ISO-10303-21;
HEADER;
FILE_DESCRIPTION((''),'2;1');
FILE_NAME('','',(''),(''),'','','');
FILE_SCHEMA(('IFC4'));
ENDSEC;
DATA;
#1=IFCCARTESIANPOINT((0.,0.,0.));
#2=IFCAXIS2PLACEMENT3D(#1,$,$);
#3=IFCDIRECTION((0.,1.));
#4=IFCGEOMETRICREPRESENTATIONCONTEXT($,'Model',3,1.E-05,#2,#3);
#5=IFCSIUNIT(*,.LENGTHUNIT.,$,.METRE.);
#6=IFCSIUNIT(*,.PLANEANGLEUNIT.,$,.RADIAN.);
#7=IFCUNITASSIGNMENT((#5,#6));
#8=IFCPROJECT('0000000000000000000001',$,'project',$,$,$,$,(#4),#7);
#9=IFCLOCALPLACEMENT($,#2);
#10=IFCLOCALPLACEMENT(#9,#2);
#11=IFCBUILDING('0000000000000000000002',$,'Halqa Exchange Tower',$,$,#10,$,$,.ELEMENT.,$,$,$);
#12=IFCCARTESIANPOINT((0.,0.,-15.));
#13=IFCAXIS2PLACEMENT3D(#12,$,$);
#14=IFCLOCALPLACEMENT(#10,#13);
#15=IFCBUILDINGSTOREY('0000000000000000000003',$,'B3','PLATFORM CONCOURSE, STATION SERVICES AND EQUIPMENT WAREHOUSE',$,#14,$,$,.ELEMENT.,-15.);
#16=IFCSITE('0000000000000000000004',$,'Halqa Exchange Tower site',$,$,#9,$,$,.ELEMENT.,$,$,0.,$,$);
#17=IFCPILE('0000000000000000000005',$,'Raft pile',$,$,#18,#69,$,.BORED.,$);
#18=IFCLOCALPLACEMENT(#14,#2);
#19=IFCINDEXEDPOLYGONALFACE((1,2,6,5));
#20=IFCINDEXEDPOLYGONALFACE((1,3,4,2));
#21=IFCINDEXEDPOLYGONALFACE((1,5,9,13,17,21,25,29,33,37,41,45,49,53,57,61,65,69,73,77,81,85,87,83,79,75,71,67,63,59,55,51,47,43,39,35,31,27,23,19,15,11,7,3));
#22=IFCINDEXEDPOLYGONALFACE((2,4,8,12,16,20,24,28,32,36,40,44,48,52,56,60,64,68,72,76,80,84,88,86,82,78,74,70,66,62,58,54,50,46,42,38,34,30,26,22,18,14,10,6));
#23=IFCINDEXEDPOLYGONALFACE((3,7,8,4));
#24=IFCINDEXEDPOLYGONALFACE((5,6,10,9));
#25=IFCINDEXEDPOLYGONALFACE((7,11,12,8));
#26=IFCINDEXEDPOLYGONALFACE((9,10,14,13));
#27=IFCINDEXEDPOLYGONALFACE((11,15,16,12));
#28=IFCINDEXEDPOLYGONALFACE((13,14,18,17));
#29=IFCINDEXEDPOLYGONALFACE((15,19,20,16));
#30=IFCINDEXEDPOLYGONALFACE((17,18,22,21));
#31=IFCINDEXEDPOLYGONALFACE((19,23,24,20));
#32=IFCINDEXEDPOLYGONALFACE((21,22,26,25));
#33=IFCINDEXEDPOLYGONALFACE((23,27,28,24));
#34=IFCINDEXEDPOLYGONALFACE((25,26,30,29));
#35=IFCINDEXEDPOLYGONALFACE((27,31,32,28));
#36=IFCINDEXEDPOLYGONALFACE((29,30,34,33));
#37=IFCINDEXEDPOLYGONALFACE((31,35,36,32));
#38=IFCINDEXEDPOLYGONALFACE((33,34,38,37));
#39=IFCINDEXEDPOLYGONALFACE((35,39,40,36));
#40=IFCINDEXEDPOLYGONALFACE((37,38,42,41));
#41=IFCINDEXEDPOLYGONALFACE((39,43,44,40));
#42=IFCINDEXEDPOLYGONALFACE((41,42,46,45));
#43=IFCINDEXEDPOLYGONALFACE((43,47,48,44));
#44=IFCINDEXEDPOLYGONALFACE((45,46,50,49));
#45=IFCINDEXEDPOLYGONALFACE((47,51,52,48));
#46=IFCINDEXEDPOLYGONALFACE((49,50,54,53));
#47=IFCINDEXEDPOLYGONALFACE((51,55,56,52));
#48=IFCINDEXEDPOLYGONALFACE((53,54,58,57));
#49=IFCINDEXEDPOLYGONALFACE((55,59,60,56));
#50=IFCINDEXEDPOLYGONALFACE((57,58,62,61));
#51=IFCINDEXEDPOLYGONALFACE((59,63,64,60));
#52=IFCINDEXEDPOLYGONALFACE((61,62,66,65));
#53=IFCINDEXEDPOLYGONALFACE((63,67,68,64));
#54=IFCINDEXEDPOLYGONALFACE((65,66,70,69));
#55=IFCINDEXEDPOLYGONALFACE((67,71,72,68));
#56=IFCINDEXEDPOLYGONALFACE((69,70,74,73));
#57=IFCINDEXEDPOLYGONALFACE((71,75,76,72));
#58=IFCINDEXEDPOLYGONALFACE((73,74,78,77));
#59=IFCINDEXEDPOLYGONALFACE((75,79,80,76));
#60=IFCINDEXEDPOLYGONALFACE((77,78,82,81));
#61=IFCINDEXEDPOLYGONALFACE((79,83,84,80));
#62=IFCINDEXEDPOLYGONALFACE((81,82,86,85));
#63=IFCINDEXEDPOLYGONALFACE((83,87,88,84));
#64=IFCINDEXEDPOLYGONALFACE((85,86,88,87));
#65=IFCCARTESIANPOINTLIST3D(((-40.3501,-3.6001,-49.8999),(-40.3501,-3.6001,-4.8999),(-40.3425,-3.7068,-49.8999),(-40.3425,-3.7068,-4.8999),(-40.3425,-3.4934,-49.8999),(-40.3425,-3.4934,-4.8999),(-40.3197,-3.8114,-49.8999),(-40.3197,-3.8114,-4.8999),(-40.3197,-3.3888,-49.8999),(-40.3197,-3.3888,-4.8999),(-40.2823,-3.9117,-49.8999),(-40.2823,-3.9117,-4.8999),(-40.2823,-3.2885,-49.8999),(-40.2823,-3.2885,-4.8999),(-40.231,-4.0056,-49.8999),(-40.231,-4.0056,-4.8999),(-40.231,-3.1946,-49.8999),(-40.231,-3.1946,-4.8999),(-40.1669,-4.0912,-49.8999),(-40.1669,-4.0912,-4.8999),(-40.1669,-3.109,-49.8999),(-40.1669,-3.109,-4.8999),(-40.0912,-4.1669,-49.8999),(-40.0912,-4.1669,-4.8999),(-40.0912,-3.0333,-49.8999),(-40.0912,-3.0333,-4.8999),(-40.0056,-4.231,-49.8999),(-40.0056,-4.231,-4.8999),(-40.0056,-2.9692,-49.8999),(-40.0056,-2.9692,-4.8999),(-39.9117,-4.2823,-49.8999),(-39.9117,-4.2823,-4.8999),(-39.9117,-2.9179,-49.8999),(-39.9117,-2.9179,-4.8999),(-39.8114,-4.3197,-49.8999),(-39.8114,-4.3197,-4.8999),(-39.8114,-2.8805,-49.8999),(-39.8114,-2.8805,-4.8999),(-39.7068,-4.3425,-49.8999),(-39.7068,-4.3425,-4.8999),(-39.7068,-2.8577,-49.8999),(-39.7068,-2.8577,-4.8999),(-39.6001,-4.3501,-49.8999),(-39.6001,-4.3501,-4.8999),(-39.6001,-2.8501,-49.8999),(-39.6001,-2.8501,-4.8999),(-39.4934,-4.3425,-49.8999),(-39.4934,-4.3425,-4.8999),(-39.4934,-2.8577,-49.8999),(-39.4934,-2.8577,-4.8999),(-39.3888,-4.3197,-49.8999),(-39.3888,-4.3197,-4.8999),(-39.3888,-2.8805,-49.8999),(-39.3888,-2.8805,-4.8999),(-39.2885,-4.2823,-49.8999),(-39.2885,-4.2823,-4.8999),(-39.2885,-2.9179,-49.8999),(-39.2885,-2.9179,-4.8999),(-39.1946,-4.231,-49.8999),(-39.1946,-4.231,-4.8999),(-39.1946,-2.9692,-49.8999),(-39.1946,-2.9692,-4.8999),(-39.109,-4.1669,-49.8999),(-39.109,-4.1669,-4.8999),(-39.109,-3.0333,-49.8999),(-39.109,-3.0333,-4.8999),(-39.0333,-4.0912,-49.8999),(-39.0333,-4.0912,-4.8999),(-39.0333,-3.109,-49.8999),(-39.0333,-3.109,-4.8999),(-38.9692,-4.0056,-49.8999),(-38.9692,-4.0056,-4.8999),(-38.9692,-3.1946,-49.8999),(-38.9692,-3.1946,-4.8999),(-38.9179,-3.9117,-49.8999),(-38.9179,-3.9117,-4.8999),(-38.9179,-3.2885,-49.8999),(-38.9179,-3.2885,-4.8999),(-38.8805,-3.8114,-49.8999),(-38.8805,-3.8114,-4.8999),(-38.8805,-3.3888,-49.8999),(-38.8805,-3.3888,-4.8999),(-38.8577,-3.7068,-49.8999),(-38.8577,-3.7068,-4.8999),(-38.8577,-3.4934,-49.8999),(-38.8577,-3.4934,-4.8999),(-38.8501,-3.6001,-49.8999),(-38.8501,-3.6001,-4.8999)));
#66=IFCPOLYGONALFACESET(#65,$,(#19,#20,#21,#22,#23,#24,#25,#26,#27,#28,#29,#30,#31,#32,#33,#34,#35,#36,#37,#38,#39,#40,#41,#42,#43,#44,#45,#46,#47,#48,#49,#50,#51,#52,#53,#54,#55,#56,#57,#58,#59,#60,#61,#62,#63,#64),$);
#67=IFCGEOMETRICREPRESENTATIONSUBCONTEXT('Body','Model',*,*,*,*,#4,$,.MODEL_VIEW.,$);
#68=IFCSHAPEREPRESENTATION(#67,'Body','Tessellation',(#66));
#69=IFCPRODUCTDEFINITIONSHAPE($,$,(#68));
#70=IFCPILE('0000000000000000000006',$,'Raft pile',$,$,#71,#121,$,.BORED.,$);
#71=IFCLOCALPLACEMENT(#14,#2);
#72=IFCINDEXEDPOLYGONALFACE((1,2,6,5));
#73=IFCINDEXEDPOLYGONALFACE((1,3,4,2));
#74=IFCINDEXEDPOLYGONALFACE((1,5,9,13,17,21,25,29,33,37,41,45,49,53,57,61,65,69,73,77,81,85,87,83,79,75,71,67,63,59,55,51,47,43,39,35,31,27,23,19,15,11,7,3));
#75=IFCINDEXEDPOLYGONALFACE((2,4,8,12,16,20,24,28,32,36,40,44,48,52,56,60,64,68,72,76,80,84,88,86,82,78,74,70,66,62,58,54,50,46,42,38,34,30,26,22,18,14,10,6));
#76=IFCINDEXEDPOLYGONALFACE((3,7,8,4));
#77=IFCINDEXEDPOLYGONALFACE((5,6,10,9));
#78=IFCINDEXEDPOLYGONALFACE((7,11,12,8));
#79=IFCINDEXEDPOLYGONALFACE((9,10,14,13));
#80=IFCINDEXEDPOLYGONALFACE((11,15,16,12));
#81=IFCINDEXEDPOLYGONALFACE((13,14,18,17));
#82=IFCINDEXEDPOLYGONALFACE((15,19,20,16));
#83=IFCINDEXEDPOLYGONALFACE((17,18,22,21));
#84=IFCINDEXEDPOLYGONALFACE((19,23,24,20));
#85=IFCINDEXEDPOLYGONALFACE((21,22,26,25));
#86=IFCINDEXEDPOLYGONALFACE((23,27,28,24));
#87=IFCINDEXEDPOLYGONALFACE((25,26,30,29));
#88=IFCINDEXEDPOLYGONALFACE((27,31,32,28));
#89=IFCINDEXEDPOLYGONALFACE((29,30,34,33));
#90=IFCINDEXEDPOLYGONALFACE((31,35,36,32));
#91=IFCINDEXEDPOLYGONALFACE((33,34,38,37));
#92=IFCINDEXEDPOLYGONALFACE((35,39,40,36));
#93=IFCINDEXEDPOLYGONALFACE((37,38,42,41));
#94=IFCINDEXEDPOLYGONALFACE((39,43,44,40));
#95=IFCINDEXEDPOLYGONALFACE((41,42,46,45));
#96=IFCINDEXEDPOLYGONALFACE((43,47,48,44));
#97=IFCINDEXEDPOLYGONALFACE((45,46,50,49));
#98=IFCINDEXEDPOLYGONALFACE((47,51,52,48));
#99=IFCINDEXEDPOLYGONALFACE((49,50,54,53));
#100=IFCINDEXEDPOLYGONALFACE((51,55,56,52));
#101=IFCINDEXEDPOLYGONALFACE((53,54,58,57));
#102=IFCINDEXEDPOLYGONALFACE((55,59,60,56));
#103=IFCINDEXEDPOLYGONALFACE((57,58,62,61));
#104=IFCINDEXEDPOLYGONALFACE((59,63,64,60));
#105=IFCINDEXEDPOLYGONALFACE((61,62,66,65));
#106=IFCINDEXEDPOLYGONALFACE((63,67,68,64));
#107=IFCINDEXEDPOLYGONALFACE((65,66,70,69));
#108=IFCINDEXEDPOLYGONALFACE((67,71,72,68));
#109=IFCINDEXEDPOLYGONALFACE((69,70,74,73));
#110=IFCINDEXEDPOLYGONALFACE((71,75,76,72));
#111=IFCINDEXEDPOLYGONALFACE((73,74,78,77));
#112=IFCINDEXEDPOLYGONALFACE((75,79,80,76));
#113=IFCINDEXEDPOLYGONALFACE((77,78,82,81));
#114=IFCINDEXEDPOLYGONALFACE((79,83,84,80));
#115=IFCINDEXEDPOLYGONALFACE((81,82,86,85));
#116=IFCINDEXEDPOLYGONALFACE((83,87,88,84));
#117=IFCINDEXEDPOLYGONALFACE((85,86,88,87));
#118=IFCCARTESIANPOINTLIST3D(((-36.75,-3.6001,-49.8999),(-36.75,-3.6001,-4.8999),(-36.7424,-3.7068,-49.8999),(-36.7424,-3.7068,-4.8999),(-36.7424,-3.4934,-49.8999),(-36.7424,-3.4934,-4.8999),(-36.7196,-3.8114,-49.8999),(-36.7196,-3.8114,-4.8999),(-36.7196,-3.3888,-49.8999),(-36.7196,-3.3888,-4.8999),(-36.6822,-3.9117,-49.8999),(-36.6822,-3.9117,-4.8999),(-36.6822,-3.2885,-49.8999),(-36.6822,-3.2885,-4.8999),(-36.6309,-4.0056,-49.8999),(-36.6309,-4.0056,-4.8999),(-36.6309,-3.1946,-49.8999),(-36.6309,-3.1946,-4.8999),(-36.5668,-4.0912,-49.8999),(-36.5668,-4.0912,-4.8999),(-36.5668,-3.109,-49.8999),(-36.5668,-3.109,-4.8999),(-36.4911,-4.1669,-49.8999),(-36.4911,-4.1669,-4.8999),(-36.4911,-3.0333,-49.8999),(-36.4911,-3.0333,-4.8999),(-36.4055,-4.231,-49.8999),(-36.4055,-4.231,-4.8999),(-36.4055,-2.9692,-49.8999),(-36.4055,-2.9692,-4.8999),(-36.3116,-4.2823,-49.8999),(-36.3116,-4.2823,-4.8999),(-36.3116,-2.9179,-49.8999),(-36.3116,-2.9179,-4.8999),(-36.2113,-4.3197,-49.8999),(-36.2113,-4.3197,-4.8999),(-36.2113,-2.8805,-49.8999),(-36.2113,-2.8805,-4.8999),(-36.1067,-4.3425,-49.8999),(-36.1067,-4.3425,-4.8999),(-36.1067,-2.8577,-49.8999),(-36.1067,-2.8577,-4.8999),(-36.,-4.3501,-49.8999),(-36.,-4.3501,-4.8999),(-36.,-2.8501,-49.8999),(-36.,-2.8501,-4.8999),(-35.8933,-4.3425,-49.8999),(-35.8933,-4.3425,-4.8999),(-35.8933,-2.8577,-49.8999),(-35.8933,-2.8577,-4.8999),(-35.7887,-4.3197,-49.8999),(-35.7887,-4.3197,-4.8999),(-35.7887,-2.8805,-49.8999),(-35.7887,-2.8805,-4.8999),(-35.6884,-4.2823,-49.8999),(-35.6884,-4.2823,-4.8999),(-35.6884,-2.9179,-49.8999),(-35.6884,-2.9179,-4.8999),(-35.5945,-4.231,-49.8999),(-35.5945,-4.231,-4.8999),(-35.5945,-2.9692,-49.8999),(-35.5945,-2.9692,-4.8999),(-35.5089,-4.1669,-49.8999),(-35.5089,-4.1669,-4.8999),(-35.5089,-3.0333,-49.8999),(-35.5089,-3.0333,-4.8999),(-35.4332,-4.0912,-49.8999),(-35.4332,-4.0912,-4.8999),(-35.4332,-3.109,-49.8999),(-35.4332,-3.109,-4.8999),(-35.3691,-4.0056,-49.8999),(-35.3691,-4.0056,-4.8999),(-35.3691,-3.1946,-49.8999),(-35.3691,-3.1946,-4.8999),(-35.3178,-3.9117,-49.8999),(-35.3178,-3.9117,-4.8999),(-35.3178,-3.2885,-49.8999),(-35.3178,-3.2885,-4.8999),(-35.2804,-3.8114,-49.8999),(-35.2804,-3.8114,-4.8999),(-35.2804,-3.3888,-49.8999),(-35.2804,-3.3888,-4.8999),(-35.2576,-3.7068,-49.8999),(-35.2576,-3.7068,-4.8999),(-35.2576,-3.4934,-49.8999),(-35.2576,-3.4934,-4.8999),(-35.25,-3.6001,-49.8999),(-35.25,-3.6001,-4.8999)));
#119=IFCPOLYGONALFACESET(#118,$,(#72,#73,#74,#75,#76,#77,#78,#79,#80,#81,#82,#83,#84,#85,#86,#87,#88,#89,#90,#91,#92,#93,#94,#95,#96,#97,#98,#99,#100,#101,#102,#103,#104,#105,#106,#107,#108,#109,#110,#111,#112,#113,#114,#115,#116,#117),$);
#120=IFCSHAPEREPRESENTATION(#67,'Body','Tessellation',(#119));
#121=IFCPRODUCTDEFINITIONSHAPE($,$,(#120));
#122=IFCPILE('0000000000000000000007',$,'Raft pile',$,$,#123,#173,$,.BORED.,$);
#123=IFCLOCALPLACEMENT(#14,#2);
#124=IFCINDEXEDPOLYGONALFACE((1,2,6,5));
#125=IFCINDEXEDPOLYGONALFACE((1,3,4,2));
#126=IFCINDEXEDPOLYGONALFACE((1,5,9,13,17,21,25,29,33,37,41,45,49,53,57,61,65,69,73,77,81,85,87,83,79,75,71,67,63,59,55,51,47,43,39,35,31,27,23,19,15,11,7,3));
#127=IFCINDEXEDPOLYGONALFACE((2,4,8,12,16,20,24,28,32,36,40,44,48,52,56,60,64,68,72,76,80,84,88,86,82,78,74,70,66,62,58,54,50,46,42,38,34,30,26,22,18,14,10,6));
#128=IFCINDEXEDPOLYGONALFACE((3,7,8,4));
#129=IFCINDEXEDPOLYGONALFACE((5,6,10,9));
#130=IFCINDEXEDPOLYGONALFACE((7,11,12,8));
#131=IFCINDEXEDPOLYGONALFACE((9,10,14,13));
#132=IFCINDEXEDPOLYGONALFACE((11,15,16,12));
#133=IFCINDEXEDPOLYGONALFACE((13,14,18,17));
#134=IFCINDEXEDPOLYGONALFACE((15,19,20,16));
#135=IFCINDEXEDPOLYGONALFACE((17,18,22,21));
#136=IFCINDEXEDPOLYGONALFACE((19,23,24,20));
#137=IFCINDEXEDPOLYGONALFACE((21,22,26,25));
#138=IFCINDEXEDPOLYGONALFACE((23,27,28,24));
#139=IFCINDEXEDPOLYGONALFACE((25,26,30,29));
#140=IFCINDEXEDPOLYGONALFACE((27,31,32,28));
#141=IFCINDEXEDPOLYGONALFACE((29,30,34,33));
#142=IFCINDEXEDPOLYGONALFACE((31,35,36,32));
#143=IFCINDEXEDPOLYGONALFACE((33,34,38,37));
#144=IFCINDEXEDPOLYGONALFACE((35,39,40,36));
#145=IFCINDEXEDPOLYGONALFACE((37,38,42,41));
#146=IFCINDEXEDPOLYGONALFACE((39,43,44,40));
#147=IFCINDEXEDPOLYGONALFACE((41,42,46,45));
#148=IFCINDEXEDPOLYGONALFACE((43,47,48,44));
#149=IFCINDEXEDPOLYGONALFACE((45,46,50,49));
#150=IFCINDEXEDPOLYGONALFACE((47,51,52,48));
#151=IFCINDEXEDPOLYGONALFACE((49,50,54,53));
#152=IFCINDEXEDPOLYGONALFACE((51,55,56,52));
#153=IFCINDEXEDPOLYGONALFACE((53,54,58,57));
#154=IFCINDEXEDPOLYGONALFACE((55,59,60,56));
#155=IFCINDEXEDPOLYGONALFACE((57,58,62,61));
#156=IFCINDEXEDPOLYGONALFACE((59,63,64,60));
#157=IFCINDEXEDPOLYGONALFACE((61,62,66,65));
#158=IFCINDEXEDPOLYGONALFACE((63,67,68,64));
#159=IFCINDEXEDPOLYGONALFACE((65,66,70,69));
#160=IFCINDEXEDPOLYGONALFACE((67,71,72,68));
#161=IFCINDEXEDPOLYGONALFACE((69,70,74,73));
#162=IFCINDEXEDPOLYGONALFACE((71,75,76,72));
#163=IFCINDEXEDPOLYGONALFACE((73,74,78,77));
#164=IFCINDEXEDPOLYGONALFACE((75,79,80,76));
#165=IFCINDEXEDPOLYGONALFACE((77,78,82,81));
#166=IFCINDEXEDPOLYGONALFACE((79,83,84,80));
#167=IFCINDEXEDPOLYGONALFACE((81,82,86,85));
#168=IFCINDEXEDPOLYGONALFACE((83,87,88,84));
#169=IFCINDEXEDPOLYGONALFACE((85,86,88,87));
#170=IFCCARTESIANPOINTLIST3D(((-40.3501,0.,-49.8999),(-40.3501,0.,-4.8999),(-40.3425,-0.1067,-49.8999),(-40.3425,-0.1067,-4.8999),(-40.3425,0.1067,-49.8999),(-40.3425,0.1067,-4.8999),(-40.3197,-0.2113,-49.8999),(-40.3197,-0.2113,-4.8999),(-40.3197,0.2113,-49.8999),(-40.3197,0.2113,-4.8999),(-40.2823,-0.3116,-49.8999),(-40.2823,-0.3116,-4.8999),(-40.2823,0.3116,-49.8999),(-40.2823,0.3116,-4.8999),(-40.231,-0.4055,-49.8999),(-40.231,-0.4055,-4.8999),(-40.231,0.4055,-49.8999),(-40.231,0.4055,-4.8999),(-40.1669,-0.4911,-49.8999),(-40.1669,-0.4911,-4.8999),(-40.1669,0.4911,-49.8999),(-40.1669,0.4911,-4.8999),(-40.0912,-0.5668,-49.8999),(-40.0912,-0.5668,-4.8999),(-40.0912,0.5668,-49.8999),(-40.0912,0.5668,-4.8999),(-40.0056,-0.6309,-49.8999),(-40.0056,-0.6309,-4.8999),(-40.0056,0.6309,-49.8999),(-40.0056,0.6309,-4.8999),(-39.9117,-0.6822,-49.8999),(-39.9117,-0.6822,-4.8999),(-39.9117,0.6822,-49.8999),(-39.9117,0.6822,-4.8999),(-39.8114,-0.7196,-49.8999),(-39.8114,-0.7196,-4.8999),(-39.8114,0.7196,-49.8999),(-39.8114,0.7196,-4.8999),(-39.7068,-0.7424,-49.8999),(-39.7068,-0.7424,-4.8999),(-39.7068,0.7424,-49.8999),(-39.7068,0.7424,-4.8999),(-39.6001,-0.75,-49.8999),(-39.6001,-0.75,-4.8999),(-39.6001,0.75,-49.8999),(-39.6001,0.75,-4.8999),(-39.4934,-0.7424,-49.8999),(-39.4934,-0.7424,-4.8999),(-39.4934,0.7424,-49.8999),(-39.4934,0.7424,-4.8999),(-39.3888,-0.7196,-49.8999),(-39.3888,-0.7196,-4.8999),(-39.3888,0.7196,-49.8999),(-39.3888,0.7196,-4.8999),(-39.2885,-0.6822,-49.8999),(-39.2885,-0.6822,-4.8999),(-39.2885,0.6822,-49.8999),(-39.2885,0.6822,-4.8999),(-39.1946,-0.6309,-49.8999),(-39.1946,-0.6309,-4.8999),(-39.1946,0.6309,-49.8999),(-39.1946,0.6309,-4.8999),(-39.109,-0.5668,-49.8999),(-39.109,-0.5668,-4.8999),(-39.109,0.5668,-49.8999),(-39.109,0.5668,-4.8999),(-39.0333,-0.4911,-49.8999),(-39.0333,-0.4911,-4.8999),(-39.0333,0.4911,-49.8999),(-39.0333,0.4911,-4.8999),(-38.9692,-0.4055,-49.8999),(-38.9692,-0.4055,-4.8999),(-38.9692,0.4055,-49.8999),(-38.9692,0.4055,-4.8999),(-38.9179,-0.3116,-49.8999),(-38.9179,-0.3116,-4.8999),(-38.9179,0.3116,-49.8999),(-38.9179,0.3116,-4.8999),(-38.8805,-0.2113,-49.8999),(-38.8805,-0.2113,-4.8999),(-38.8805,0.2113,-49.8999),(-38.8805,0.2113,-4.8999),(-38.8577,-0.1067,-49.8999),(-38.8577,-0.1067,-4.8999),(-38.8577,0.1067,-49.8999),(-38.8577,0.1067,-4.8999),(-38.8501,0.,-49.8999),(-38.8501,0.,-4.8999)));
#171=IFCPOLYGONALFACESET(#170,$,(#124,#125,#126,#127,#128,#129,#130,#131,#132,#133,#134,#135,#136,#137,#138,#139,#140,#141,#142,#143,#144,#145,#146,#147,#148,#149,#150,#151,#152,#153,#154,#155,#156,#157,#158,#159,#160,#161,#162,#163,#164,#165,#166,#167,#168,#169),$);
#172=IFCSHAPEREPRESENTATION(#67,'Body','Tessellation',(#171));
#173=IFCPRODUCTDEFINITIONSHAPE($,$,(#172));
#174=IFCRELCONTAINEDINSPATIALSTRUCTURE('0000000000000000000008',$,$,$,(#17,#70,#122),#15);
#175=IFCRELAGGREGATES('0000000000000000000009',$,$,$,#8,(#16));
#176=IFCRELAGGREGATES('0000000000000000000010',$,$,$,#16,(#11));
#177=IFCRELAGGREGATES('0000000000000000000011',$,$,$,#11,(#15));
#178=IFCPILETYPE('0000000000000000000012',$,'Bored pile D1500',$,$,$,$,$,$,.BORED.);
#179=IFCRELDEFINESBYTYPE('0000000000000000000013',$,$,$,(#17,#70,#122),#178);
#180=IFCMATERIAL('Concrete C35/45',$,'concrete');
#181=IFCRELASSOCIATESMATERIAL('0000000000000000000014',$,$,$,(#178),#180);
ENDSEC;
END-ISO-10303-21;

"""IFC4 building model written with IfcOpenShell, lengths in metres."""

from ifc_helpers import new_model, si_unit, direction, frame, origin, origin_2d, place, context, subcontext, project, spatial, circle, extrude, material, material_profile, profile_set, type_object, element, save


model = new_model("IFC4")

# Units and contexts
model_context = context("Model", 3, precision=1e-05, world=origin(), true_north=direction((0.0, 1.0)))
body_context = subcontext(model_context, "Body", "Model", "MODEL_VIEW")
ifc_project = project(units=[si_unit("LENGTHUNIT", "METRE"), si_unit("PLANEANGLEUNIT", "RADIAN")], contexts=[model_context])

# Site, building, storey
site_placement = place(None, origin())
site = spatial("IfcSite", under=ifc_project, at=site_placement, Name="Halqa Exchange Tower site", CompositionType="ELEMENT", RefElevation=0.0)
building_placement = place(site_placement, origin())
building = spatial("IfcBuilding", under=site, at=building_placement, Name="Halqa Exchange Tower", CompositionType="ELEMENT")
storey_placement = place(building_placement, frame((0.0, 0.0, -15.0)))
storey = spatial("IfcBuildingStorey", under=building, at=storey_placement, Name="B3", Description="PLATFORM CONCOURSE, STATION SERVICES AND EQUIPMENT WAREHOUSE", CompositionType="ELEMENT", Elevation=-15.0)

# Piles
ifc_material_1 = material(Name="Concrete C35/45", Category="concrete")
ifc_material_profile_1 = material_profile(ifc_material_1, circle(Radius=0.75, at=origin_2d()), Name="D1500")
ifc_profile_set_1 = profile_set([ifc_material_profile_1], Name="Concrete C35/45")
pile_type_1 = type_object("IfcPileType", Name="Bored pile D1500", PredefinedType="BORED", material=ifc_profile_set_1)
for number, where, z_axis, x_axis, name in (
    (1, (-39.6001, -3.6001, -4.8999), (0.0, 0.0, -1.0), (1.0, 0.0, 0.0), "Raft pile"),
    (2, (-36.0, -3.6001, -4.8999), (0.0, 0.0, -1.0), (1.0, 0.0, 0.0), "Raft pile"),
    (3, (-39.6001, 0.0, -4.8999), (0.0, 0.0, -1.0), (1.0, 0.0, 0.0), "Raft pile"),
):
    element("IfcPile", number, at=place(storey_placement, frame(where, z_axis=z_axis, x_axis=x_axis)), inside=storey, type_object=pile_type_1, Name=name, PredefinedType="BORED", context=body_context, shape_type="SweptSolid", body=[
        extrude(circle(Radius=0.75, at=origin_2d()), origin(), (0.0, 0.0, 1.0), 45.0),
    ])

save(model, "model.ifc")
